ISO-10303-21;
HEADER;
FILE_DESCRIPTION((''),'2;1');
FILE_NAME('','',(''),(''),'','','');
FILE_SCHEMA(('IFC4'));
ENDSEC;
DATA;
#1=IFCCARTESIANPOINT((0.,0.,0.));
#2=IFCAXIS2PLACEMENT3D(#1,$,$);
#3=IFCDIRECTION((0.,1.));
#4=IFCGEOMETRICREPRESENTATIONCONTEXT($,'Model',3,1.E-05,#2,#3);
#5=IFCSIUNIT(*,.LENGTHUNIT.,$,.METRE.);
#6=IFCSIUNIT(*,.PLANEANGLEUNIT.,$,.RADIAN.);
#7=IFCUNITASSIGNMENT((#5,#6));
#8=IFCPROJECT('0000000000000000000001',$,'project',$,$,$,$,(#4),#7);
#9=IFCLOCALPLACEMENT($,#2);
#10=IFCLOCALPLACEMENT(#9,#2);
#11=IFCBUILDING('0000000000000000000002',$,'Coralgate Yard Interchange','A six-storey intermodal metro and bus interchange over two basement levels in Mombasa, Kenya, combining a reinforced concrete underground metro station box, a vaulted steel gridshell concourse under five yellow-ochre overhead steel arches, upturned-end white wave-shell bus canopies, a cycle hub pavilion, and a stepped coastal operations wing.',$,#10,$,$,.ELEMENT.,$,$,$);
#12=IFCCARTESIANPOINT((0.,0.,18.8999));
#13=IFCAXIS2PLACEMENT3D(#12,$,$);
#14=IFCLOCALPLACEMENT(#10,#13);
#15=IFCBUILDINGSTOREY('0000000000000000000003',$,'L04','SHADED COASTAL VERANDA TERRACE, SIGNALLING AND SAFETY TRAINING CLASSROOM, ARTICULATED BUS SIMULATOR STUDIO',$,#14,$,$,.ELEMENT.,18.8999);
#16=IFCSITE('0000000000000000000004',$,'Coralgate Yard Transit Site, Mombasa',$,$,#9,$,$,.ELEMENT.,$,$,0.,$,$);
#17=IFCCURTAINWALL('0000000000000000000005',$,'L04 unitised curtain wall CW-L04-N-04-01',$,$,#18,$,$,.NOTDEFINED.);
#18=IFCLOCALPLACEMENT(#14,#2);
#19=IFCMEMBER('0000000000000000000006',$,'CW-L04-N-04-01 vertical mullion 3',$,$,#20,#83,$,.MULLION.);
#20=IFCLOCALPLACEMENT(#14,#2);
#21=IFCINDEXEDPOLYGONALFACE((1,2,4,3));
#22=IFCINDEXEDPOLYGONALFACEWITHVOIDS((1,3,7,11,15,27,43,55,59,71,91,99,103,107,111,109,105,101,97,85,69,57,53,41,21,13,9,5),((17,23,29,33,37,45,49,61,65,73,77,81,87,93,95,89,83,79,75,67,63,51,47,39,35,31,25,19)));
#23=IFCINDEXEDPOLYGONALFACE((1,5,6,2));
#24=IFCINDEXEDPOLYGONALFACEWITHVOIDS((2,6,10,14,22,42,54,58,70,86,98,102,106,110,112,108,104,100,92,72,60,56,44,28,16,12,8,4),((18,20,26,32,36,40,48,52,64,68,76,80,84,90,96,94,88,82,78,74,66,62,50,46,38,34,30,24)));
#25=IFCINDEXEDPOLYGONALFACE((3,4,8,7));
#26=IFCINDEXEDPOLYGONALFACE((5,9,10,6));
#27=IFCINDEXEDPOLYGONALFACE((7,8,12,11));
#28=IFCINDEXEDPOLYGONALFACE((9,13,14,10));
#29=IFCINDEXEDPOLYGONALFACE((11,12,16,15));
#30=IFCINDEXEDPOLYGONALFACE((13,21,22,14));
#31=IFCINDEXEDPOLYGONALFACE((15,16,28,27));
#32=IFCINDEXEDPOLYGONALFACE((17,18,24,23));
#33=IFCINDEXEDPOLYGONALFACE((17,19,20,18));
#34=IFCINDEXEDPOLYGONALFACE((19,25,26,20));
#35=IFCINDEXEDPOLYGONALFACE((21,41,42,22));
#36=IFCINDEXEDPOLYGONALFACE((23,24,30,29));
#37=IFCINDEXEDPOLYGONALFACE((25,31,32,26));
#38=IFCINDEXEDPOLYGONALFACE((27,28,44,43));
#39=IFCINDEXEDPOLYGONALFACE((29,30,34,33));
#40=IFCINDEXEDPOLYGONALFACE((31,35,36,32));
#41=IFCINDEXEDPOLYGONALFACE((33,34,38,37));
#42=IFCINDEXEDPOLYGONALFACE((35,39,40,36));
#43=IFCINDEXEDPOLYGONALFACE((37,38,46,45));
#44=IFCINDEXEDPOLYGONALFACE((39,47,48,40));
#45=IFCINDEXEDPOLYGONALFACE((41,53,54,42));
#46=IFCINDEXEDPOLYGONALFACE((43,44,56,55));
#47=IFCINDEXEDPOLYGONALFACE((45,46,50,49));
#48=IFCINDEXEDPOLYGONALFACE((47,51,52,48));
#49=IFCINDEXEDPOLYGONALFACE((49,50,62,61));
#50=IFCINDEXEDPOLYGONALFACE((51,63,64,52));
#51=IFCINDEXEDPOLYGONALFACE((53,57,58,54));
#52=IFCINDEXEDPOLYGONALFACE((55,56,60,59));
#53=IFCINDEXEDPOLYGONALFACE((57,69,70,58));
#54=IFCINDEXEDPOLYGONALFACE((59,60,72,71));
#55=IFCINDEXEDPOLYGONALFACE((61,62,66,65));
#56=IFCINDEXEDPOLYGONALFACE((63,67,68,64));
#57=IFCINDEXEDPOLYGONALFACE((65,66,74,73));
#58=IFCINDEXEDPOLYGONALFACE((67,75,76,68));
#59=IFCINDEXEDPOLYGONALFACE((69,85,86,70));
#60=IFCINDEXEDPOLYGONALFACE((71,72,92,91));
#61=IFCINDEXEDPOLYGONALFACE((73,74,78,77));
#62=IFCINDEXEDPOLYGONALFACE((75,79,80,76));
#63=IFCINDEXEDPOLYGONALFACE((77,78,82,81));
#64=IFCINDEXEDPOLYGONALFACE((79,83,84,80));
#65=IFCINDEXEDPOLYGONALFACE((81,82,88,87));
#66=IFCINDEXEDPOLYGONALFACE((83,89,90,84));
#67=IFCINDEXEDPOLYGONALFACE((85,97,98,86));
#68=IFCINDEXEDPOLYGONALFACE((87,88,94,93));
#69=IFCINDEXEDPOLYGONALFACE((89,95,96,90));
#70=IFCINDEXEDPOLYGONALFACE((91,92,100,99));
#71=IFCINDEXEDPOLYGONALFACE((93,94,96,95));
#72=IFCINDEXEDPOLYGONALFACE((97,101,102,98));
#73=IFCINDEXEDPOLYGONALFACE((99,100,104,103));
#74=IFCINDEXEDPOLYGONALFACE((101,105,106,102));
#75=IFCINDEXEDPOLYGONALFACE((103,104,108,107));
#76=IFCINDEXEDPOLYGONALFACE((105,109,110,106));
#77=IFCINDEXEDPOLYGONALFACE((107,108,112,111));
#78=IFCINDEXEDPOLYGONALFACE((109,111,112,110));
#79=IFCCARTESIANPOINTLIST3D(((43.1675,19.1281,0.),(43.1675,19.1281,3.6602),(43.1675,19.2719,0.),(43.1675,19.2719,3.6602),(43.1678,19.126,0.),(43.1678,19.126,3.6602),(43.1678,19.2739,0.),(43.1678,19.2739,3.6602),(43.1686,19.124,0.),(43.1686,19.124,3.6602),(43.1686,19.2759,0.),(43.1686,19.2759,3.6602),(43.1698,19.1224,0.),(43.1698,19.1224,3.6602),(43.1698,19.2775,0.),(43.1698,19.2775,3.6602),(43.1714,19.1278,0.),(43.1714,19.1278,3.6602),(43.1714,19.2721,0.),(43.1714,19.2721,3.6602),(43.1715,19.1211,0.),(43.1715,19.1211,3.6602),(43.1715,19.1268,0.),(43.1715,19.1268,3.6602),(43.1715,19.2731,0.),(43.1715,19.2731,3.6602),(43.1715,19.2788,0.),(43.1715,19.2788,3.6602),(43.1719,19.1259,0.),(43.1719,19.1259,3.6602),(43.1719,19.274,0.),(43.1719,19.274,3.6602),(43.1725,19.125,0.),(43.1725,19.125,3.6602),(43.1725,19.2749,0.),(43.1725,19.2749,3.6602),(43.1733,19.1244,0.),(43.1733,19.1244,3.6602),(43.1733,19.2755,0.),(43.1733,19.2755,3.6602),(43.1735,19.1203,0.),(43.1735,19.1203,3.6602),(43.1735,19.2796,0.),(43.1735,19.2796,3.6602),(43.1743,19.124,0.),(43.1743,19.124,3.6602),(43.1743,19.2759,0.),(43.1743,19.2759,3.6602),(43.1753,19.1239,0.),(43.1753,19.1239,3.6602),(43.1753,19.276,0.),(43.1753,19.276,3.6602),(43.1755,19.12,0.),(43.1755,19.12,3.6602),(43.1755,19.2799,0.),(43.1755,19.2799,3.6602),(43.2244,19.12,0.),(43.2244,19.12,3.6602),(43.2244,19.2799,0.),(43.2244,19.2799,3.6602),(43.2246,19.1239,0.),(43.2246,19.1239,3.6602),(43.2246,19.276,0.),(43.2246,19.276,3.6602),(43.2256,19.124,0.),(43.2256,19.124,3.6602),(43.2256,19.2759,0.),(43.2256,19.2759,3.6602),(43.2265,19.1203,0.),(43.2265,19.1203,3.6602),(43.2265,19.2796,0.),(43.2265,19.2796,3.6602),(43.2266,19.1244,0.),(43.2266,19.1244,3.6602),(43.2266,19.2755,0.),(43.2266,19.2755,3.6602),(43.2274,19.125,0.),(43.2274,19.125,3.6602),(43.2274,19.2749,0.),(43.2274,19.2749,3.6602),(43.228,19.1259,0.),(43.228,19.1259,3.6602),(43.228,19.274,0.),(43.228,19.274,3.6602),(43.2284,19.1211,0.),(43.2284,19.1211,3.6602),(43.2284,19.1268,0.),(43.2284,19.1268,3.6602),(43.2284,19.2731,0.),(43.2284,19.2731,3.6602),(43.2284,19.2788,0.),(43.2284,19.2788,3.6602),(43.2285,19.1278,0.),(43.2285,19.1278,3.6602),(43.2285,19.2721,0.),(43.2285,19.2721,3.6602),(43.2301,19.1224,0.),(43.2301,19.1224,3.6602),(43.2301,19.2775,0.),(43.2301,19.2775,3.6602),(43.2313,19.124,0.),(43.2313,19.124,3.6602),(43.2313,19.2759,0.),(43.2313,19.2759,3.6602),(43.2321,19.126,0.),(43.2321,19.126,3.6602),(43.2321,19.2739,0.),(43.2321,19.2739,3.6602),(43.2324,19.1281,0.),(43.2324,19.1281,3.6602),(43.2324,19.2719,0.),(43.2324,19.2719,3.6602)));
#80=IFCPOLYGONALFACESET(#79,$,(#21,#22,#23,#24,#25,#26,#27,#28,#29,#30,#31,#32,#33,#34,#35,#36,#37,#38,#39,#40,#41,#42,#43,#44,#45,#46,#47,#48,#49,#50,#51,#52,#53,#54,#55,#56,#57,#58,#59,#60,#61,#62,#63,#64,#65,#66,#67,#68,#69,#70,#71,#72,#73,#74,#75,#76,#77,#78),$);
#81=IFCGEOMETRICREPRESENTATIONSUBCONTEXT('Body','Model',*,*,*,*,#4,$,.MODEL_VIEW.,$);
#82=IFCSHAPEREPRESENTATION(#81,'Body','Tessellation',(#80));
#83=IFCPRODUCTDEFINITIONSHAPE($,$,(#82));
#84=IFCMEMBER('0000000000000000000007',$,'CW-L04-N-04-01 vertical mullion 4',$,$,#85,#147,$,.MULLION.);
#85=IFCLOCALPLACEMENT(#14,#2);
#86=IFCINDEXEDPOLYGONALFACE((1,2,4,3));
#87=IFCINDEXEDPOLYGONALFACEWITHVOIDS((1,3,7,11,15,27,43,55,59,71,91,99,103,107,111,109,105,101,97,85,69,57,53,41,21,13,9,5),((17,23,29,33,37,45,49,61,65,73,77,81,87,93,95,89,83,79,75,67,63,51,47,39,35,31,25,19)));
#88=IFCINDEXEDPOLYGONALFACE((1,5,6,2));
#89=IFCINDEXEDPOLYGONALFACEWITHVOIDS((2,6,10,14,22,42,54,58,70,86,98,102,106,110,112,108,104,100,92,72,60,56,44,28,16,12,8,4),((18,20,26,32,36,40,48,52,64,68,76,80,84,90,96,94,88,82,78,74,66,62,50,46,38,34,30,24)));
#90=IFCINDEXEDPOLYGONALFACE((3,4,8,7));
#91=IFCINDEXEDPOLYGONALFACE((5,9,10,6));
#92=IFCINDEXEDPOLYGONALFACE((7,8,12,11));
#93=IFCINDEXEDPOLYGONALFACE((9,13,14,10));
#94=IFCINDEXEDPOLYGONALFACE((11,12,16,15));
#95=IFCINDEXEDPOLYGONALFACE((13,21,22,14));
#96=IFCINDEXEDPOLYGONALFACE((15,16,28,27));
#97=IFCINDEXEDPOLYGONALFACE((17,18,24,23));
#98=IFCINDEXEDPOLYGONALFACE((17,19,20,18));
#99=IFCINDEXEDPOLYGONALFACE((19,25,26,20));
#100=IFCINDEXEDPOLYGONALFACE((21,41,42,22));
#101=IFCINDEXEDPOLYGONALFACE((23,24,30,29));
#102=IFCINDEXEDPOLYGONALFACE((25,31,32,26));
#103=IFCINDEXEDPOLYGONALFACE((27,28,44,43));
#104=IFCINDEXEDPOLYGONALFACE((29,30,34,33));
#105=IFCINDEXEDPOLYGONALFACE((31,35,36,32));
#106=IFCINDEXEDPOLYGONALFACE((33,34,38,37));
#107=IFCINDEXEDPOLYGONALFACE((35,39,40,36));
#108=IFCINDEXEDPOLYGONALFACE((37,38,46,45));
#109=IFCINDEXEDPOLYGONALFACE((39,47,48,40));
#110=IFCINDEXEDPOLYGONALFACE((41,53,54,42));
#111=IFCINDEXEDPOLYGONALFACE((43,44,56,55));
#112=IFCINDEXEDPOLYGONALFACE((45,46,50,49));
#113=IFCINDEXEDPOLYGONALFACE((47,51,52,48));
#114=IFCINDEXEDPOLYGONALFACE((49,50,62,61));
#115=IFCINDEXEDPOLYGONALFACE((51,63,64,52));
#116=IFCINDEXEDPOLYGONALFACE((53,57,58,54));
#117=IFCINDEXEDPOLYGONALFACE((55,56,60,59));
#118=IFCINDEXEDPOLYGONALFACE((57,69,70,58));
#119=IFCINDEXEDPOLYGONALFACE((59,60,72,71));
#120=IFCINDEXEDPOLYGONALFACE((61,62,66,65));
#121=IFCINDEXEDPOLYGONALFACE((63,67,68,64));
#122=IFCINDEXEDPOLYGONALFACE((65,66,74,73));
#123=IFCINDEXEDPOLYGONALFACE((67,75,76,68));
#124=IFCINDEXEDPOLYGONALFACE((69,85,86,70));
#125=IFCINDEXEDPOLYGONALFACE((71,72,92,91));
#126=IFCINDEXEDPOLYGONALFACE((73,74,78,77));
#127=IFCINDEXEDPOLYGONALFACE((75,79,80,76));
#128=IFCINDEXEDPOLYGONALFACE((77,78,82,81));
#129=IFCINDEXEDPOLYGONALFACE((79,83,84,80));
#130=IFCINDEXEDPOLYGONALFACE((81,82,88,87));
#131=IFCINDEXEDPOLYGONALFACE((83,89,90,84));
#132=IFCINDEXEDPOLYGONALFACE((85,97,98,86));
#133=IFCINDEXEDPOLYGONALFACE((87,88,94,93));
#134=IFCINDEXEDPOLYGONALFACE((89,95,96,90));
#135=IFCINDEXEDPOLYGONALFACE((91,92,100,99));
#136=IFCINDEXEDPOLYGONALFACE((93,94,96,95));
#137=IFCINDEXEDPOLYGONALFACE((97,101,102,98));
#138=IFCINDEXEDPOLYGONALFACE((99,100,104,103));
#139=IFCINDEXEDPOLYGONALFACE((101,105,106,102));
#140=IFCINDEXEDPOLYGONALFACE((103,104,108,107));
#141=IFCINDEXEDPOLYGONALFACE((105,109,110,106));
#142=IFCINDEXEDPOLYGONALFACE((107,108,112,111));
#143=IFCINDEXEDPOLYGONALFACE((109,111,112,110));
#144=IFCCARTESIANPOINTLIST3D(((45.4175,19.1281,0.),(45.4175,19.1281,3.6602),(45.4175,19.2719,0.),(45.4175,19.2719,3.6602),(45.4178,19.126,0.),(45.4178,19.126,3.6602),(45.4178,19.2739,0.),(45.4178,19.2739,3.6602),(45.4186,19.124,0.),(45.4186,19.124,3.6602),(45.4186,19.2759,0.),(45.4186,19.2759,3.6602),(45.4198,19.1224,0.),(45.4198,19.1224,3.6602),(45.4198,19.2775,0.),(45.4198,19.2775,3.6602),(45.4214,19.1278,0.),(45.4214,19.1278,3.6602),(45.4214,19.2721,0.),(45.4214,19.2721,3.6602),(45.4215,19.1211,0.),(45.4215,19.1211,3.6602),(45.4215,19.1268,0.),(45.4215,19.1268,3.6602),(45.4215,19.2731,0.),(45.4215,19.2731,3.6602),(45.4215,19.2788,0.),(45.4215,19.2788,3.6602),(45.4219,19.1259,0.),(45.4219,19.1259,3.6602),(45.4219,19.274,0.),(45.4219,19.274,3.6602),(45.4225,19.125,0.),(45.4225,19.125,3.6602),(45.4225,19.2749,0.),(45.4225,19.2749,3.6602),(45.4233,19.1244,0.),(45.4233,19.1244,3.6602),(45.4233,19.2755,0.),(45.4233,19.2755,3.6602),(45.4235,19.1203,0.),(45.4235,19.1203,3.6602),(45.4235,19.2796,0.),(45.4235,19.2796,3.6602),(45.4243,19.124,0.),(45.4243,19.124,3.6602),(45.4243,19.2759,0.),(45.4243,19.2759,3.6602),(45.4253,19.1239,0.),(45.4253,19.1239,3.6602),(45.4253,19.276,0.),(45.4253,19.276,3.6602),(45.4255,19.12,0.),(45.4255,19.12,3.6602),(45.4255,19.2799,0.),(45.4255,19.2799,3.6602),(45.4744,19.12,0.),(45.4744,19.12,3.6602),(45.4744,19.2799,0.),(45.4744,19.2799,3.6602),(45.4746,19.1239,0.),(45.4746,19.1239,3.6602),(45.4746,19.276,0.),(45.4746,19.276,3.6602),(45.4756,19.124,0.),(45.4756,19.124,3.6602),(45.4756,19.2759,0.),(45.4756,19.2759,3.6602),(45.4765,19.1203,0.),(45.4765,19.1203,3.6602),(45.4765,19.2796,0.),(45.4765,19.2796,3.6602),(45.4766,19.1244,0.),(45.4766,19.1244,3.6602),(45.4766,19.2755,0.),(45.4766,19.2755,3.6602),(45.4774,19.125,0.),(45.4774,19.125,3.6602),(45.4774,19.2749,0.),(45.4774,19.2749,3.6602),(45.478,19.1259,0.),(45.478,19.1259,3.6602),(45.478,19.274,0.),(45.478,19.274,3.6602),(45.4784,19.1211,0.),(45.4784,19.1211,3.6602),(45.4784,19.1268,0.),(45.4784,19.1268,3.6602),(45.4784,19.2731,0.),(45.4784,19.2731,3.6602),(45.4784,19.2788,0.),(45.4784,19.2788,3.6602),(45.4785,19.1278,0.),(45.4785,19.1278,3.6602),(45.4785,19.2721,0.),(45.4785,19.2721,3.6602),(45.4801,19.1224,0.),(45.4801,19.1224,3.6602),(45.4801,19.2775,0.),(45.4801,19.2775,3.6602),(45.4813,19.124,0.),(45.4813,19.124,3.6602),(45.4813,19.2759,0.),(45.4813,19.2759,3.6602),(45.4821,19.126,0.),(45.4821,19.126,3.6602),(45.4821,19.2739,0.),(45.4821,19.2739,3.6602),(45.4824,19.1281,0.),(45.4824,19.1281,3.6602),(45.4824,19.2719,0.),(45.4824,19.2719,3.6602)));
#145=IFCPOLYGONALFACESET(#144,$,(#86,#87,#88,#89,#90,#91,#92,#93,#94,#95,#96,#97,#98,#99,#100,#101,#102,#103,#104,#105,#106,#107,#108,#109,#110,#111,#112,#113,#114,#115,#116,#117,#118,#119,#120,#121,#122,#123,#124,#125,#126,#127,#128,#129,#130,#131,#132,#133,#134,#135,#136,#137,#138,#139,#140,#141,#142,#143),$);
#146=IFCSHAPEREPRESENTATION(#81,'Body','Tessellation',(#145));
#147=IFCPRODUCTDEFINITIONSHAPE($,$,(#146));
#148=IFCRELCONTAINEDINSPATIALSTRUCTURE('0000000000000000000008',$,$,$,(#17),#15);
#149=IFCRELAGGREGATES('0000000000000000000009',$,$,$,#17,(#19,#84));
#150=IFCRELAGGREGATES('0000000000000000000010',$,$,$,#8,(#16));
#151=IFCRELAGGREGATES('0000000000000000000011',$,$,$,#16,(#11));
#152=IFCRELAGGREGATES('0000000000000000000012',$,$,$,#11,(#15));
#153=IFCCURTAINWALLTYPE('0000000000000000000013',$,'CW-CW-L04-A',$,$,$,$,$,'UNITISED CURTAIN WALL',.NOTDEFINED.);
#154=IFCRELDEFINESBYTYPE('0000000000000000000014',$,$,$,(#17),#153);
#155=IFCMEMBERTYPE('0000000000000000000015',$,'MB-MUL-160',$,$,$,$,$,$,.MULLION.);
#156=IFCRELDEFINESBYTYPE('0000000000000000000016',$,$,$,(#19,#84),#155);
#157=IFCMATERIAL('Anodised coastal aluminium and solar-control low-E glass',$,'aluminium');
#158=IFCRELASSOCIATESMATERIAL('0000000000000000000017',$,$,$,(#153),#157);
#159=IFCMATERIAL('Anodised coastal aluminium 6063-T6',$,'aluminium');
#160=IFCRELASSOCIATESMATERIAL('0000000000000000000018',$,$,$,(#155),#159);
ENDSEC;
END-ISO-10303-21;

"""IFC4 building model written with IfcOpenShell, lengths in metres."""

from ifc_helpers import new_model, si_unit, direction, frame, origin, origin_2d, place, context, subcontext, project, spatial, hollow_rectangle, extrude, material, material_profile, profile_set, type_object, element, aggregate, save


model = new_model("IFC4")

# Units and contexts
model_context = context("Model", 3, precision=1e-05, world=origin(), true_north=direction((0.0, 1.0)))
body_context = subcontext(model_context, "Body", "Model", "MODEL_VIEW")
ifc_project = project(units=[si_unit("LENGTHUNIT", "METRE"), si_unit("PLANEANGLEUNIT", "RADIAN")], contexts=[model_context])

# Site, building, storey
site_placement = place(None, origin())
site = spatial("IfcSite", under=ifc_project, at=site_placement, Name="Coralgate Yard Transit Site, Mombasa", CompositionType="ELEMENT", RefElevation=0.0)
building_placement = place(site_placement, origin())
building = spatial("IfcBuilding", under=site, at=building_placement, Name="Coralgate Yard Interchange", Description="A six-storey intermodal metro and bus interchange over two basement levels in Mombasa, Kenya, combining a reinforced concrete underground metro station box, a vaulted steel gridshell concourse under five yellow-ochre overhead steel arches, upturned-end white wave-shell bus canopies, a cycle hub pavilion, and a stepped coastal operations wing.", CompositionType="ELEMENT")
storey_placement = place(building_placement, frame((0.0, 0.0, 18.8999)))
storey = spatial("IfcBuildingStorey", under=building, at=storey_placement, Name="L04", Description="SHADED COASTAL VERANDA TERRACE, SIGNALLING AND SAFETY TRAINING CLASSROOM, ARTICULATED BUS SIMULATOR STUDIO", CompositionType="ELEMENT", Elevation=18.8999)

# Curtain wall, members
ifc_material_1 = material(Name="Anodised coastal aluminium and solar-control low-E glass", Category="aluminium")
curtain_wall_type = type_object("IfcCurtainWallType", Name="CW-CW-L04-A", ElementType="UNITISED CURTAIN WALL", PredefinedType="NOTDEFINED", material=ifc_material_1)
curtain_wall_placement = place(storey_placement, origin())
curtain_wall = element("IfcCurtainWall", 1, at=curtain_wall_placement, inside=storey, type_object=curtain_wall_type, Name="L04 unitised curtain wall CW-L04-N-04-01", PredefinedType="NOTDEFINED")
ifc_material_2 = material(Name="Anodised coastal aluminium 6063-T6", Category="aluminium")
ifc_material_profile_1 = material_profile(ifc_material_2, hollow_rectangle(XDim=0.0649, YDim=0.1599, WallThickness=0.0039, InnerFilletRadius=0.0039, OuterFilletRadius=0.0081, at=origin_2d()), Name="ALU 65x160x4")
ifc_profile_set_1 = profile_set([ifc_material_profile_1], Name="Anodised coastal aluminium 6063-T6")
member_type_1 = type_object("IfcMemberType", Name="MB-MUL-160", PredefinedType="MULLION", material=ifc_profile_set_1)
member_1_placement = place(storey_placement, frame((43.2, 19.2, 0.0), z_axis=(0.0, 0.0, 1.0), x_axis=(1.0, 0.0, 0.0)))
member_1 = element("IfcMember", 2, at=member_1_placement, type_object=member_type_1, Name="CW-L04-N-04-01 vertical mullion 3", PredefinedType="MULLION", context=body_context, shape_type="SweptSolid", body=[
    extrude(hollow_rectangle(XDim=0.0649, YDim=0.1599, WallThickness=0.0039, InnerFilletRadius=0.0039, OuterFilletRadius=0.0081, at=origin_2d()), origin(), (0.0, 0.0, 1.0), 3.6602),
])
member_2_placement = place(storey_placement, frame((45.45, 19.2, 0.0), z_axis=(0.0, 0.0, 1.0), x_axis=(1.0, 0.0, 0.0)))
member_2 = element("IfcMember", 3, at=member_2_placement, type_object=member_type_1, Name="CW-L04-N-04-01 vertical mullion 4", PredefinedType="MULLION", context=body_context, shape_type="SweptSolid", body=[
    extrude(hollow_rectangle(XDim=0.0649, YDim=0.1599, WallThickness=0.0039, InnerFilletRadius=0.0039, OuterFilletRadius=0.0081, at=origin_2d()), origin(), (0.0, 0.0, 1.0), 3.6602),
])
aggregate(curtain_wall, [member_1, member_2])

save(model, "model.ifc")
